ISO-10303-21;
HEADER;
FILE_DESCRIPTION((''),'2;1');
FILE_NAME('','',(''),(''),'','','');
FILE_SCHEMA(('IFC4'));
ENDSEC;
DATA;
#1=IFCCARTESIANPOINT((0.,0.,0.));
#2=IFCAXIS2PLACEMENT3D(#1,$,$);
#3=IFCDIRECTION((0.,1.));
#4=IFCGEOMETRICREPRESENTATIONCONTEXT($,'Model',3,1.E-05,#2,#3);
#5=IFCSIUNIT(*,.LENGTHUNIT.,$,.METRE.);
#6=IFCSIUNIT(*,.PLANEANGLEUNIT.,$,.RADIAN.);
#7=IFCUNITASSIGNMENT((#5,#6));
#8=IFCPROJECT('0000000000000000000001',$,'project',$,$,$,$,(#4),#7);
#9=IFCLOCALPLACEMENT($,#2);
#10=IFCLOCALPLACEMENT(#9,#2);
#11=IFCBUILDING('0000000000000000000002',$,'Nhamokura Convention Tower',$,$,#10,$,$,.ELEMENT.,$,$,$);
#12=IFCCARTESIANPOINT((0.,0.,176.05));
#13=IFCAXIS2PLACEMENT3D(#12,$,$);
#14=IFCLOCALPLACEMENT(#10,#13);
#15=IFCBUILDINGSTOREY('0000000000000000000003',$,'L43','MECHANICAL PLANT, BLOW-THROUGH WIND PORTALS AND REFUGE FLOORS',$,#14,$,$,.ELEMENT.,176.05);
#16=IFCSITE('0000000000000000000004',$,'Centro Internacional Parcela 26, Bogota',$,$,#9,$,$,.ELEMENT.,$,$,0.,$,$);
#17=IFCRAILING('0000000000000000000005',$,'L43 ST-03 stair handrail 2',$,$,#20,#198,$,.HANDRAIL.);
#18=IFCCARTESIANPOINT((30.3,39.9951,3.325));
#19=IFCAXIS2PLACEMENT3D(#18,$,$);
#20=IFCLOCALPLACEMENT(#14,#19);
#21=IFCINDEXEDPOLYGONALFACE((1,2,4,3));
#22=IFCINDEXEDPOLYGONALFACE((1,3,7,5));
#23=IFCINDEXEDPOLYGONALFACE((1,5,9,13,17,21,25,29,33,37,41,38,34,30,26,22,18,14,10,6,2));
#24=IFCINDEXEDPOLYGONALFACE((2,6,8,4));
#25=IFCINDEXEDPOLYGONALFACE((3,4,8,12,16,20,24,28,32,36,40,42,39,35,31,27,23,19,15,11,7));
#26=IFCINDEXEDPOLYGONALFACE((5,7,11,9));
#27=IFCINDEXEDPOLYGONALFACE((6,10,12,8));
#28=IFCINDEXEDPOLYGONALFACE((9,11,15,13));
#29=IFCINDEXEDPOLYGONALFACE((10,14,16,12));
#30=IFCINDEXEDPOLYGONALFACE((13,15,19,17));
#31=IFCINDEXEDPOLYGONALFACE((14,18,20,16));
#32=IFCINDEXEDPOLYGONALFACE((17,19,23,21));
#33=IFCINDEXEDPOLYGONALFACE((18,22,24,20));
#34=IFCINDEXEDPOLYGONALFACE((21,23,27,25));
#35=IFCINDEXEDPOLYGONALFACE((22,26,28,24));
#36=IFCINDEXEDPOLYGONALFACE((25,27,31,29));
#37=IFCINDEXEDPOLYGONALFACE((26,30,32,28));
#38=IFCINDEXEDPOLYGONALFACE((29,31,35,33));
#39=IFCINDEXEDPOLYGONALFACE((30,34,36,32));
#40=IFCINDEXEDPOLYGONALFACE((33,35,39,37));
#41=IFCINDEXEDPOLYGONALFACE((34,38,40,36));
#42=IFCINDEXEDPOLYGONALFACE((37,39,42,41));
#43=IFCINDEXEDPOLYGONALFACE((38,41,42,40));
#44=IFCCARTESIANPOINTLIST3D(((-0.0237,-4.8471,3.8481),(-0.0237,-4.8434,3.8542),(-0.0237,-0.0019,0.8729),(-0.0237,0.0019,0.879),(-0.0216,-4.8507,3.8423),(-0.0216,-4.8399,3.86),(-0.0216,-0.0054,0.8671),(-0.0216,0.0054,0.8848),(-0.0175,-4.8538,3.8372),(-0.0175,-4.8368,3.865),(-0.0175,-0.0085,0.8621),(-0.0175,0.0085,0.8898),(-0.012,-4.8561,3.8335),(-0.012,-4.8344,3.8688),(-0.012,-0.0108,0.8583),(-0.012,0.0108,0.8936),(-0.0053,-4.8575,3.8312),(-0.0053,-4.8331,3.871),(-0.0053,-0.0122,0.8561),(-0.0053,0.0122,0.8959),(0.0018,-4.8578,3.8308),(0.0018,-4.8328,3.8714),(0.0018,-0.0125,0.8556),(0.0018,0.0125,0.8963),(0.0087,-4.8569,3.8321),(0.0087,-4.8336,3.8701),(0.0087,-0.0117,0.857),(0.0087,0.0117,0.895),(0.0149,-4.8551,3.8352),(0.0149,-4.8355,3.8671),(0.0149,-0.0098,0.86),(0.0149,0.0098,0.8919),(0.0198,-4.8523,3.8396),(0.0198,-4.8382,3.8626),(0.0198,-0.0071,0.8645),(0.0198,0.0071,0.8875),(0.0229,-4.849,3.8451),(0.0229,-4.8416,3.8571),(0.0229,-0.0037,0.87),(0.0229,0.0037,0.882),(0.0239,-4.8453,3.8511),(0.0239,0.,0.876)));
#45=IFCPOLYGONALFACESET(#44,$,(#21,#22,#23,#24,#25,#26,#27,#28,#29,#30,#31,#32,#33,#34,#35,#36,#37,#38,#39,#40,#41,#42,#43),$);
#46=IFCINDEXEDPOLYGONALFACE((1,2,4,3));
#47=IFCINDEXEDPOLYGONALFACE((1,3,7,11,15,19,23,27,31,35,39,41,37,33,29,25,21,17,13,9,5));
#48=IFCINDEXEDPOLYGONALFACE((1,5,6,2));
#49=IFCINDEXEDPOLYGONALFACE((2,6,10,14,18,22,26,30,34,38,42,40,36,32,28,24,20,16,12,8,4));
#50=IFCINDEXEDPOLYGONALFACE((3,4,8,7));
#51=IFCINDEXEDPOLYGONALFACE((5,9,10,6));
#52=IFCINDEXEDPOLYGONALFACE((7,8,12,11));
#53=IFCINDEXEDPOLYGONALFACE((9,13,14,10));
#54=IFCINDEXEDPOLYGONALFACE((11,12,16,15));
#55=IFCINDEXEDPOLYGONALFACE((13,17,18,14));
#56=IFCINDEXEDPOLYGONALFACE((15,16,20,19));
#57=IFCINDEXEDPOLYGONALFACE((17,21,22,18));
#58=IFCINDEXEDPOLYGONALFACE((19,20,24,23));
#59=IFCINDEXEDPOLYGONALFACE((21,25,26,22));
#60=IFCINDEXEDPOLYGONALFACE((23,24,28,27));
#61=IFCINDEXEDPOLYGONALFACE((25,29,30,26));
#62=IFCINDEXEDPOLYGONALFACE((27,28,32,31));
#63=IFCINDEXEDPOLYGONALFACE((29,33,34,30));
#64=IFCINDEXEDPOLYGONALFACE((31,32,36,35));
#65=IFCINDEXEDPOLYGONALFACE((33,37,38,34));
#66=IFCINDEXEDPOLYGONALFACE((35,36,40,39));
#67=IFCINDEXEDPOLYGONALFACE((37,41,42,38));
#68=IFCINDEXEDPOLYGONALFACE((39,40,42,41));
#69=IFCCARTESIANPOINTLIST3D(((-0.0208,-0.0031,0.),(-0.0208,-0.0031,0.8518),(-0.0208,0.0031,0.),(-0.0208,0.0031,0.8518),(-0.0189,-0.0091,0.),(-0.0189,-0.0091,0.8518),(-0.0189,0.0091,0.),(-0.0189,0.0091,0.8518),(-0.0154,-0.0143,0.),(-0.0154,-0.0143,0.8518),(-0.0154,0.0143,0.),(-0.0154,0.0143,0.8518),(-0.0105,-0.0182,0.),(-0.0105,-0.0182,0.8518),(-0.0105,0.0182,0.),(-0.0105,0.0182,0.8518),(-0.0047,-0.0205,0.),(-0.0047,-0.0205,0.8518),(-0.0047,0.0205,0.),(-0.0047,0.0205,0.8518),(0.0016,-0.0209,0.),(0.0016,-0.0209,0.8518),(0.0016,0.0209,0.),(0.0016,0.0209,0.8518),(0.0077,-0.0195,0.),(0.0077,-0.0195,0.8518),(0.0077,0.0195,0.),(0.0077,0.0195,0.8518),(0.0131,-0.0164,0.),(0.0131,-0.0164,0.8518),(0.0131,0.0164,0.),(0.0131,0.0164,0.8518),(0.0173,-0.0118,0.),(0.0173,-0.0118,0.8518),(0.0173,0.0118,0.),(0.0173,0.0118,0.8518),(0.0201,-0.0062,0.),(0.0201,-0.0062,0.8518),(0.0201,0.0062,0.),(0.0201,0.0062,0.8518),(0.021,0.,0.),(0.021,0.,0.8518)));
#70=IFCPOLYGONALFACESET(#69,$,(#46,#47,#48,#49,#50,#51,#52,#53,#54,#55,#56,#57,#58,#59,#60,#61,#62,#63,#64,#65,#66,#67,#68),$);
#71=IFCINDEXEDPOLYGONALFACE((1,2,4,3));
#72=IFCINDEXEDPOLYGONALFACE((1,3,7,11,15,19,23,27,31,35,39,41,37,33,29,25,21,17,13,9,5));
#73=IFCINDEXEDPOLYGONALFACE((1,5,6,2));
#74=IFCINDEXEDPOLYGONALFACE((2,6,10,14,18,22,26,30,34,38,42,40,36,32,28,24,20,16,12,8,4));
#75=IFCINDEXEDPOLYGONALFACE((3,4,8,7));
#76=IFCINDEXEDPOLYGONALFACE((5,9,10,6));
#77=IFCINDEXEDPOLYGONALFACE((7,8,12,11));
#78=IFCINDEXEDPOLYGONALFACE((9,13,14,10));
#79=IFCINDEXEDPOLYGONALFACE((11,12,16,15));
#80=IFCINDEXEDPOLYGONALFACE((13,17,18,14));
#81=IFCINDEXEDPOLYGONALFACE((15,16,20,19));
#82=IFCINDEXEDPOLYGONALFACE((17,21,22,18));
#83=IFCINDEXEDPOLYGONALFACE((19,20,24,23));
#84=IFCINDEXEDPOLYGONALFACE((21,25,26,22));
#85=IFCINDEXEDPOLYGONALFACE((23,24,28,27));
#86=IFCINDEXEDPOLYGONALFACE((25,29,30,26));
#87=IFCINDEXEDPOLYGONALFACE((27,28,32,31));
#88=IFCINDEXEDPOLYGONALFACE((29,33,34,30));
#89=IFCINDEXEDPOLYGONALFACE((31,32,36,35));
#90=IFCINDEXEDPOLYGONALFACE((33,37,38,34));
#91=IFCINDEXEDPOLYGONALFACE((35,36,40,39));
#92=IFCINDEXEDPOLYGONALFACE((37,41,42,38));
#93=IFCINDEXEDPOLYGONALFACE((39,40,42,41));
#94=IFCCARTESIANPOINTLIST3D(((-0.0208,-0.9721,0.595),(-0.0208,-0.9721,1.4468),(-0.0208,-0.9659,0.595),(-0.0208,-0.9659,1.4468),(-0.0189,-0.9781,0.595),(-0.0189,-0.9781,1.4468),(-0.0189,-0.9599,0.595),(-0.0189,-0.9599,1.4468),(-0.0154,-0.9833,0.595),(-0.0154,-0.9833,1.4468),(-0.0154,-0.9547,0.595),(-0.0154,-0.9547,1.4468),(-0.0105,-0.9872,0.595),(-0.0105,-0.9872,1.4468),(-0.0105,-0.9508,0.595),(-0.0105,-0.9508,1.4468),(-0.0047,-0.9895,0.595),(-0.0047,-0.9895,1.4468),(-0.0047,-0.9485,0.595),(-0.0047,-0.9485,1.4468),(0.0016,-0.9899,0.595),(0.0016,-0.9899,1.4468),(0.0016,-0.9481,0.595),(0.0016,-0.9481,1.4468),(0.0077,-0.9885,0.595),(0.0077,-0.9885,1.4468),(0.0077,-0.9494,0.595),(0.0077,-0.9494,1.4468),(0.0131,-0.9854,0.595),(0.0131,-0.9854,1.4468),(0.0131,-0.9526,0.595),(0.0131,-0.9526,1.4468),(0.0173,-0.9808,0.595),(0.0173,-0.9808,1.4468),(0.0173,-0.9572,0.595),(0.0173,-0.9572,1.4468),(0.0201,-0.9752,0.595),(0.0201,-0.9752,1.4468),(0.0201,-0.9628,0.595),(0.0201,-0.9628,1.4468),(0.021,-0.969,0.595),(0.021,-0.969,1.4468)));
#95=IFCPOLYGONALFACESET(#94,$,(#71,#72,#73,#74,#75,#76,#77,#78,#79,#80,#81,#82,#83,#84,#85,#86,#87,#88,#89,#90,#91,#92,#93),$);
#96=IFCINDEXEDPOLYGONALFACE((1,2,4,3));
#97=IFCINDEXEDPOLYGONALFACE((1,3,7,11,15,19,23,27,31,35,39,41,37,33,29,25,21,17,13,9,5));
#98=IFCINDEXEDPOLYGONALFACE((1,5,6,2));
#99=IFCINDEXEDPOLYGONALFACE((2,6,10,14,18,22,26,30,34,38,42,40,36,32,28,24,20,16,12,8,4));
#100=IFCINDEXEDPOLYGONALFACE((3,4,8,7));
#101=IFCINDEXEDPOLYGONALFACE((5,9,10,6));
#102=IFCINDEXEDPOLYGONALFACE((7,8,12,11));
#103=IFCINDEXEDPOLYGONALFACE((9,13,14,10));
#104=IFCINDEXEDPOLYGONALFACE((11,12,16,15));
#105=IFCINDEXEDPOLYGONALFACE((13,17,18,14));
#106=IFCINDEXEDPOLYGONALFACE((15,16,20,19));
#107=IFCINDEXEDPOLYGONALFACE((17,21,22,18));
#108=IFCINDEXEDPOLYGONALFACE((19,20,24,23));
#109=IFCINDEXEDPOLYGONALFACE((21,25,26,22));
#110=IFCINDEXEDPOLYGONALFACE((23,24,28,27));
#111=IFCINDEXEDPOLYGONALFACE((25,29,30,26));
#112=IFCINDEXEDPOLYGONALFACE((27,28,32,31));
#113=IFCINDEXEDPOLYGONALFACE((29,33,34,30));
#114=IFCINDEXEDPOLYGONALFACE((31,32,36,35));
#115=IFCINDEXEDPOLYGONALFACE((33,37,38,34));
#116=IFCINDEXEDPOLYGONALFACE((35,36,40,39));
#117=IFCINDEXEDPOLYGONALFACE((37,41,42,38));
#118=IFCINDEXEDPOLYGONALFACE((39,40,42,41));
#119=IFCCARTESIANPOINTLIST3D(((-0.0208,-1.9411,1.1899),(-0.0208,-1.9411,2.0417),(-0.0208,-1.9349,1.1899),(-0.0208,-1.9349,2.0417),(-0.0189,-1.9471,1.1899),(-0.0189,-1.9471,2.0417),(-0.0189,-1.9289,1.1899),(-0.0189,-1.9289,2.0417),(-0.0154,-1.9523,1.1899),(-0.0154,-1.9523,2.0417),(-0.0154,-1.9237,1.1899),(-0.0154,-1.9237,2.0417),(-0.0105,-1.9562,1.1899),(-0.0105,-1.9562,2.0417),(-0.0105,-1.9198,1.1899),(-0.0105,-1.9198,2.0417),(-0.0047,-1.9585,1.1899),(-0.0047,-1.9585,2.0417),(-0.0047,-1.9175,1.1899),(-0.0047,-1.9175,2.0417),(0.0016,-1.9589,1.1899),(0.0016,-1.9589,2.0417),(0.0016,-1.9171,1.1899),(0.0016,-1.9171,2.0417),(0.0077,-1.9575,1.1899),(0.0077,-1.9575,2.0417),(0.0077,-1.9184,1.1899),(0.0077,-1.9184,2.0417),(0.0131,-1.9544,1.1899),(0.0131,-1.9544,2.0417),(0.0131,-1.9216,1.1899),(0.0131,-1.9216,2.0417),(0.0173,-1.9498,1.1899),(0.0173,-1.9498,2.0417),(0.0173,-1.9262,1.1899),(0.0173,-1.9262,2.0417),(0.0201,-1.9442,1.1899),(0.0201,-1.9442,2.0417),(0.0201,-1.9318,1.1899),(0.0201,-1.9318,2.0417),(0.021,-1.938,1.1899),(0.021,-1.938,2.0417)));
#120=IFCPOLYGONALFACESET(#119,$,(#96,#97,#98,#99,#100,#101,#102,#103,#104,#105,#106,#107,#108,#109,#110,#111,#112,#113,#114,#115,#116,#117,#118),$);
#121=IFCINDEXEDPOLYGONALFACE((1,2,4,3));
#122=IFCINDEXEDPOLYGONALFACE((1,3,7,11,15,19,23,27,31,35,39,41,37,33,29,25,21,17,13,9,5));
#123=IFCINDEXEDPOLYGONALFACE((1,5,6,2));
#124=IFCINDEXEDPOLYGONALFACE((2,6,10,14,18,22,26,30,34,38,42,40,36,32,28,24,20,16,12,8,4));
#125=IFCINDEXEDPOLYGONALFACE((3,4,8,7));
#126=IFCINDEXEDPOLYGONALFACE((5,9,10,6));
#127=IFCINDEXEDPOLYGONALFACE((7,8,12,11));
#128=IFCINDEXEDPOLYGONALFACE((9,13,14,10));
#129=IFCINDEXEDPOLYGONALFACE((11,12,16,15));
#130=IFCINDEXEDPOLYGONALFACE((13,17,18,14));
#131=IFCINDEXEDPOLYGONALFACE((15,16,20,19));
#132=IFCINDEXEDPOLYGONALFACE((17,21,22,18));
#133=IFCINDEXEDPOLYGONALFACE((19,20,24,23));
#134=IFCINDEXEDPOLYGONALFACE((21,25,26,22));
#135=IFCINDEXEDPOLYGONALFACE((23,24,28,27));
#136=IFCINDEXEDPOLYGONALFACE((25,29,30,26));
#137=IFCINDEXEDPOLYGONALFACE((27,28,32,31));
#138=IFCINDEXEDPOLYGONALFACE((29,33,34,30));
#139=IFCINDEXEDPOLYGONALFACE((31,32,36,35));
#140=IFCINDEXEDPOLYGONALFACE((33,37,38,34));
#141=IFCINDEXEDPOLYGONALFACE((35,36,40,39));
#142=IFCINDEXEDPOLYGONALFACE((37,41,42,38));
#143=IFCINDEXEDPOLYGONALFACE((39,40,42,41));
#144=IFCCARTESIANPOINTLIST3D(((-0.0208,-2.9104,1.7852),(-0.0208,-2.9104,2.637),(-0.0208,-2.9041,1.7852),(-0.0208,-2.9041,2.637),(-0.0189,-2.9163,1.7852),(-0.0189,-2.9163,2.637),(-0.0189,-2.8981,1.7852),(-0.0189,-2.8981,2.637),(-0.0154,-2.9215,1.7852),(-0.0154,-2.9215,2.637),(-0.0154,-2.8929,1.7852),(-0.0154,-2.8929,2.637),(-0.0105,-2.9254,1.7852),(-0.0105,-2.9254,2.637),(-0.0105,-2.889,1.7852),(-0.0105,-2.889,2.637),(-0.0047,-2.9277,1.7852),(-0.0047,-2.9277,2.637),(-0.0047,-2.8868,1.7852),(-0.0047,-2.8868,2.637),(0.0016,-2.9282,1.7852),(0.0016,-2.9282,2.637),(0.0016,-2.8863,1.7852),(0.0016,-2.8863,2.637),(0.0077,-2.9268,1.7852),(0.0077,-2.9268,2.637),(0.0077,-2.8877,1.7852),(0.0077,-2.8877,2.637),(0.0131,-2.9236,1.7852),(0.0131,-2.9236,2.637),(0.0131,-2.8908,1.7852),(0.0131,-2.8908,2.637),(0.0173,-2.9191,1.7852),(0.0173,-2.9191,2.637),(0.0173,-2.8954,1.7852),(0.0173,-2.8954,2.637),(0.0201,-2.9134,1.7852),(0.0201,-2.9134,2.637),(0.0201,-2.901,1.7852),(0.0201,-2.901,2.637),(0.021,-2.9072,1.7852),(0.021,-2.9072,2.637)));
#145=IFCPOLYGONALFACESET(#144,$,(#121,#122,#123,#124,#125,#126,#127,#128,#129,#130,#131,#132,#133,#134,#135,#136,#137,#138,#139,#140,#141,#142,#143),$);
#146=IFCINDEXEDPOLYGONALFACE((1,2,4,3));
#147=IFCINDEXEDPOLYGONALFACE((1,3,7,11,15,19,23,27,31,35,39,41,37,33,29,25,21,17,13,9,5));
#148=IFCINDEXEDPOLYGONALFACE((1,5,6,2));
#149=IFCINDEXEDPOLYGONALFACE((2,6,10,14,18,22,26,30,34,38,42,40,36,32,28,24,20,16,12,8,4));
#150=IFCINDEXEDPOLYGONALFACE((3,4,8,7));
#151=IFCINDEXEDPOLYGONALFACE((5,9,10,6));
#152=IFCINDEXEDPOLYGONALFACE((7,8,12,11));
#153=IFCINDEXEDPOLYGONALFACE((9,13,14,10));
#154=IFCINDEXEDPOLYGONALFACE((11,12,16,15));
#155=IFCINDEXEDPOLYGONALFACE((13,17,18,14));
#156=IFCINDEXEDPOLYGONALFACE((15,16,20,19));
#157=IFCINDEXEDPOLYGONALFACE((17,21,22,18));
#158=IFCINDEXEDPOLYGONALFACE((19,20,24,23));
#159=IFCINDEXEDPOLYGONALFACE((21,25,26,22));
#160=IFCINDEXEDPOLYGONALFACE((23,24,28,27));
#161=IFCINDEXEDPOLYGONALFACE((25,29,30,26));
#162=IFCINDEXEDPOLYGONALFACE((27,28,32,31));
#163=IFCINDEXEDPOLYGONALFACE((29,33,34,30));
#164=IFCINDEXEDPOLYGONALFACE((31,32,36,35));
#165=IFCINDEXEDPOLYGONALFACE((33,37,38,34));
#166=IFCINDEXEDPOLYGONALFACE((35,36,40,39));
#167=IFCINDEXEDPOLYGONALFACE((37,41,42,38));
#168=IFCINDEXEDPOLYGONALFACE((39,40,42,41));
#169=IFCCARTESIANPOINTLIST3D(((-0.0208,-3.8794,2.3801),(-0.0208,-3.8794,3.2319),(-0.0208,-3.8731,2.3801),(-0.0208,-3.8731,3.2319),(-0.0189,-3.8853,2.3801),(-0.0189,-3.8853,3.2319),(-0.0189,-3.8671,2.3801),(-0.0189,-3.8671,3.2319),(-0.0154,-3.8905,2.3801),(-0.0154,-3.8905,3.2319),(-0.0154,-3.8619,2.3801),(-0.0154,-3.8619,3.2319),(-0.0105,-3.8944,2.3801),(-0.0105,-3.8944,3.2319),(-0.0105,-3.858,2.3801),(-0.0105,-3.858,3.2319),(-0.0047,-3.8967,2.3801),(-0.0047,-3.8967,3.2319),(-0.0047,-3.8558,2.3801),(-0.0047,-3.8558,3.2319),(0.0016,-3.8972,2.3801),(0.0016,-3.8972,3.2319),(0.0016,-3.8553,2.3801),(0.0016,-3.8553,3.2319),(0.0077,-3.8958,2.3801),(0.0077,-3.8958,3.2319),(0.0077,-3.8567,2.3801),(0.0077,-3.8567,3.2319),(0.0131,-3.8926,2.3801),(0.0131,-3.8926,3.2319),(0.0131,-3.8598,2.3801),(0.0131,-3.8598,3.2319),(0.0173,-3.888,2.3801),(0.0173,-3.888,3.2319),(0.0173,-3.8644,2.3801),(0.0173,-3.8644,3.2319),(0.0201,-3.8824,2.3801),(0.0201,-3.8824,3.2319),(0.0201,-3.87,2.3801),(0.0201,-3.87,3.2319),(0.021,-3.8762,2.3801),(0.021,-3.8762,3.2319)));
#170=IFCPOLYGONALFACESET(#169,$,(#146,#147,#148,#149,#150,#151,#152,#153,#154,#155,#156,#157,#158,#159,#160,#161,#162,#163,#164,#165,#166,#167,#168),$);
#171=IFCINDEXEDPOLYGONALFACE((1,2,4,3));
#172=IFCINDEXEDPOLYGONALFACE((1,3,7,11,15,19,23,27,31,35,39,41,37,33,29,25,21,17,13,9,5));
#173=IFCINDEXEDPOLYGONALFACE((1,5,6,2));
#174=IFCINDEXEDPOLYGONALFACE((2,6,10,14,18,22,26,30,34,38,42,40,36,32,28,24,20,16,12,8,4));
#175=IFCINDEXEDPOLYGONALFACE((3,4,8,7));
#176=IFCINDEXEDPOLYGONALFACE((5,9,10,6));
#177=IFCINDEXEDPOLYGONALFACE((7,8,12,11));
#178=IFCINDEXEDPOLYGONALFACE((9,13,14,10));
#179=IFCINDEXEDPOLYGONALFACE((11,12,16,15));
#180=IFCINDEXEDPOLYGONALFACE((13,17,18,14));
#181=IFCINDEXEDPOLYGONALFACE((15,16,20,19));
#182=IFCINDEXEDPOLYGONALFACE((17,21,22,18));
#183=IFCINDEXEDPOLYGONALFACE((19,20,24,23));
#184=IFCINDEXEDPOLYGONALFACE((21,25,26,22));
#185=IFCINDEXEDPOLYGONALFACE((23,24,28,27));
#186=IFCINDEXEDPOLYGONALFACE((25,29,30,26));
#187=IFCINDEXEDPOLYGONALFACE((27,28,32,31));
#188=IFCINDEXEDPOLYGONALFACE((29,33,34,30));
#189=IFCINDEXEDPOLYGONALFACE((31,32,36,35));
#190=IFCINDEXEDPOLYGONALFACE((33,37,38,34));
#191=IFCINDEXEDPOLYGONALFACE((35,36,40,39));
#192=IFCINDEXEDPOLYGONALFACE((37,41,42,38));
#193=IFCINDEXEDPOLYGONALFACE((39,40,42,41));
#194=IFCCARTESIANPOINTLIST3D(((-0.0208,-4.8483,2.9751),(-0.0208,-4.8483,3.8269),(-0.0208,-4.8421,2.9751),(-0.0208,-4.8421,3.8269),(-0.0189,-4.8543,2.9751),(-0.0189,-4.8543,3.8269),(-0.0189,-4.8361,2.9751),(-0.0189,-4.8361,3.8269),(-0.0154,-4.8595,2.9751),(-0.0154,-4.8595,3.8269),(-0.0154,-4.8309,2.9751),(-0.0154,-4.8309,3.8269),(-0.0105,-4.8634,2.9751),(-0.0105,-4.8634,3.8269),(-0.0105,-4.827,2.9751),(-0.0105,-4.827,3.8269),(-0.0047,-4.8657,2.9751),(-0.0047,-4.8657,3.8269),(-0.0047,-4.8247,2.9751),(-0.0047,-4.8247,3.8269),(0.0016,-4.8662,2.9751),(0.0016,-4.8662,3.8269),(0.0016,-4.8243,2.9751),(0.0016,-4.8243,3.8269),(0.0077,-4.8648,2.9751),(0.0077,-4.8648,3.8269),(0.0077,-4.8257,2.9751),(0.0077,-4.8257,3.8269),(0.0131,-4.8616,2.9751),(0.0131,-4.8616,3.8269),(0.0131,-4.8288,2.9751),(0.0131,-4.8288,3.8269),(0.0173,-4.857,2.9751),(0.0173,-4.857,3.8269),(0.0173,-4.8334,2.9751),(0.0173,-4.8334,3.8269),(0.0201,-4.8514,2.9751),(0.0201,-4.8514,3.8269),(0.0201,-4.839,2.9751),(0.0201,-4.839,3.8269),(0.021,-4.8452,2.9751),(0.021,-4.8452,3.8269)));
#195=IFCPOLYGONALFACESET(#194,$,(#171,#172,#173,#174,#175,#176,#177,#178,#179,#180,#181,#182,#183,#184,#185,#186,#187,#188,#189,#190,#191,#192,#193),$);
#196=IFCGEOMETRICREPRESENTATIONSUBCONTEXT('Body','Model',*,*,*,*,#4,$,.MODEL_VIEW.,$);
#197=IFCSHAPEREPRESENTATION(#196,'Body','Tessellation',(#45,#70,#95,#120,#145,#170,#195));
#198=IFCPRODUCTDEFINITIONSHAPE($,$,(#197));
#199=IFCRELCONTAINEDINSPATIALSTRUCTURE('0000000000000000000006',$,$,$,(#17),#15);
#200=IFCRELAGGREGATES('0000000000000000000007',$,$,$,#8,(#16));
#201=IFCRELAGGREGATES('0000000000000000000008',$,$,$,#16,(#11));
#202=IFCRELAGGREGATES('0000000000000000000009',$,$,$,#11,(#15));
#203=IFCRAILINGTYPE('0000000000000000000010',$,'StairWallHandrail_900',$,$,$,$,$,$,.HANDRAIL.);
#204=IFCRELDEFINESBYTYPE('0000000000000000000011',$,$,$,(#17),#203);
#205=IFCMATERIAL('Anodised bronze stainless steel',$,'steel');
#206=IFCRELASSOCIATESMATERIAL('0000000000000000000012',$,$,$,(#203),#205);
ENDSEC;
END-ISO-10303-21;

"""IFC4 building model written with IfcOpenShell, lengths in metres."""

from ifc_helpers import new_model, si_unit, direction, frame, origin, origin_2d, place, context, subcontext, project, spatial, circle, extrude, material, type_object, element, save


model = new_model("IFC4")

# Units and contexts
model_context = context("Model", 3, precision=1e-05, world=origin(), true_north=direction((0.0, 1.0)))
body_context = subcontext(model_context, "Body", "Model", "MODEL_VIEW")
ifc_project = project(units=[si_unit("LENGTHUNIT", "METRE"), si_unit("PLANEANGLEUNIT", "RADIAN")], contexts=[model_context])

# Site, building, storey
site_placement = place(None, origin())
site = spatial("IfcSite", under=ifc_project, at=site_placement, Name="Centro Internacional Parcela 26, Bogota", CompositionType="ELEMENT", RefElevation=0.0)
building_placement = place(site_placement, origin())
building = spatial("IfcBuilding", under=site, at=building_placement, Name="Nhamokura Convention Tower", CompositionType="ELEMENT")
storey_placement = place(building_placement, frame((0.0, 0.0, 176.05)))
storey = spatial("IfcBuildingStorey", under=building, at=storey_placement, Name="L43", Description="MECHANICAL PLANT, BLOW-THROUGH WIND PORTALS AND REFUGE FLOORS", CompositionType="ELEMENT", Elevation=176.05)

# Railing
ifc_material_1 = material(Name="Anodised bronze stainless steel", Category="steel")
railing_type_1 = type_object("IfcRailingType", Name="StairWallHandrail_900", PredefinedType="HANDRAIL", material=ifc_material_1)
railing_1_placement = place(storey_placement, frame((30.3, 39.9951, 3.325)))
element("IfcRailing", 1, at=railing_1_placement, inside=storey, type_object=railing_type_1, Name="L43 ST-03 stair handrail 2", PredefinedType="HANDRAIL", context=body_context, shape_type="SweptSolid", body=[
    extrude(circle(Radius=0.0239, at=origin_2d()), frame((0.0, 0.0, 0.876), z_axis=(0.0, -0.852174, 0.523259), x_axis=(1.0, 0.0, 0.0)), (0.0, 0.0, 1.0), 5.6858),
    extrude(circle(Radius=0.021, at=origin_2d()), origin(), (0.0, 0.0, 1.0), 0.8518),
    extrude(circle(Radius=0.021, at=origin_2d()), frame((0.0, -0.969, 0.595)), (0.0, 0.0, 1.0), 0.8518),
    extrude(circle(Radius=0.021, at=origin_2d()), frame((0.0, -1.938, 1.1899)), (0.0, 0.0, 1.0), 0.8518),
    extrude(circle(Radius=0.021, at=origin_2d()), frame((0.0, -2.9072, 1.7852)), (0.0, 0.0, 1.0), 0.8518),
    extrude(circle(Radius=0.021, at=origin_2d()), frame((0.0, -3.8762, 2.3801)), (0.0, 0.0, 1.0), 0.8518),
    extrude(circle(Radius=0.021, at=origin_2d()), frame((0.0, -4.8452, 2.9751)), (0.0, 0.0, 1.0), 0.8518),
])

save(model, "model.ifc")
